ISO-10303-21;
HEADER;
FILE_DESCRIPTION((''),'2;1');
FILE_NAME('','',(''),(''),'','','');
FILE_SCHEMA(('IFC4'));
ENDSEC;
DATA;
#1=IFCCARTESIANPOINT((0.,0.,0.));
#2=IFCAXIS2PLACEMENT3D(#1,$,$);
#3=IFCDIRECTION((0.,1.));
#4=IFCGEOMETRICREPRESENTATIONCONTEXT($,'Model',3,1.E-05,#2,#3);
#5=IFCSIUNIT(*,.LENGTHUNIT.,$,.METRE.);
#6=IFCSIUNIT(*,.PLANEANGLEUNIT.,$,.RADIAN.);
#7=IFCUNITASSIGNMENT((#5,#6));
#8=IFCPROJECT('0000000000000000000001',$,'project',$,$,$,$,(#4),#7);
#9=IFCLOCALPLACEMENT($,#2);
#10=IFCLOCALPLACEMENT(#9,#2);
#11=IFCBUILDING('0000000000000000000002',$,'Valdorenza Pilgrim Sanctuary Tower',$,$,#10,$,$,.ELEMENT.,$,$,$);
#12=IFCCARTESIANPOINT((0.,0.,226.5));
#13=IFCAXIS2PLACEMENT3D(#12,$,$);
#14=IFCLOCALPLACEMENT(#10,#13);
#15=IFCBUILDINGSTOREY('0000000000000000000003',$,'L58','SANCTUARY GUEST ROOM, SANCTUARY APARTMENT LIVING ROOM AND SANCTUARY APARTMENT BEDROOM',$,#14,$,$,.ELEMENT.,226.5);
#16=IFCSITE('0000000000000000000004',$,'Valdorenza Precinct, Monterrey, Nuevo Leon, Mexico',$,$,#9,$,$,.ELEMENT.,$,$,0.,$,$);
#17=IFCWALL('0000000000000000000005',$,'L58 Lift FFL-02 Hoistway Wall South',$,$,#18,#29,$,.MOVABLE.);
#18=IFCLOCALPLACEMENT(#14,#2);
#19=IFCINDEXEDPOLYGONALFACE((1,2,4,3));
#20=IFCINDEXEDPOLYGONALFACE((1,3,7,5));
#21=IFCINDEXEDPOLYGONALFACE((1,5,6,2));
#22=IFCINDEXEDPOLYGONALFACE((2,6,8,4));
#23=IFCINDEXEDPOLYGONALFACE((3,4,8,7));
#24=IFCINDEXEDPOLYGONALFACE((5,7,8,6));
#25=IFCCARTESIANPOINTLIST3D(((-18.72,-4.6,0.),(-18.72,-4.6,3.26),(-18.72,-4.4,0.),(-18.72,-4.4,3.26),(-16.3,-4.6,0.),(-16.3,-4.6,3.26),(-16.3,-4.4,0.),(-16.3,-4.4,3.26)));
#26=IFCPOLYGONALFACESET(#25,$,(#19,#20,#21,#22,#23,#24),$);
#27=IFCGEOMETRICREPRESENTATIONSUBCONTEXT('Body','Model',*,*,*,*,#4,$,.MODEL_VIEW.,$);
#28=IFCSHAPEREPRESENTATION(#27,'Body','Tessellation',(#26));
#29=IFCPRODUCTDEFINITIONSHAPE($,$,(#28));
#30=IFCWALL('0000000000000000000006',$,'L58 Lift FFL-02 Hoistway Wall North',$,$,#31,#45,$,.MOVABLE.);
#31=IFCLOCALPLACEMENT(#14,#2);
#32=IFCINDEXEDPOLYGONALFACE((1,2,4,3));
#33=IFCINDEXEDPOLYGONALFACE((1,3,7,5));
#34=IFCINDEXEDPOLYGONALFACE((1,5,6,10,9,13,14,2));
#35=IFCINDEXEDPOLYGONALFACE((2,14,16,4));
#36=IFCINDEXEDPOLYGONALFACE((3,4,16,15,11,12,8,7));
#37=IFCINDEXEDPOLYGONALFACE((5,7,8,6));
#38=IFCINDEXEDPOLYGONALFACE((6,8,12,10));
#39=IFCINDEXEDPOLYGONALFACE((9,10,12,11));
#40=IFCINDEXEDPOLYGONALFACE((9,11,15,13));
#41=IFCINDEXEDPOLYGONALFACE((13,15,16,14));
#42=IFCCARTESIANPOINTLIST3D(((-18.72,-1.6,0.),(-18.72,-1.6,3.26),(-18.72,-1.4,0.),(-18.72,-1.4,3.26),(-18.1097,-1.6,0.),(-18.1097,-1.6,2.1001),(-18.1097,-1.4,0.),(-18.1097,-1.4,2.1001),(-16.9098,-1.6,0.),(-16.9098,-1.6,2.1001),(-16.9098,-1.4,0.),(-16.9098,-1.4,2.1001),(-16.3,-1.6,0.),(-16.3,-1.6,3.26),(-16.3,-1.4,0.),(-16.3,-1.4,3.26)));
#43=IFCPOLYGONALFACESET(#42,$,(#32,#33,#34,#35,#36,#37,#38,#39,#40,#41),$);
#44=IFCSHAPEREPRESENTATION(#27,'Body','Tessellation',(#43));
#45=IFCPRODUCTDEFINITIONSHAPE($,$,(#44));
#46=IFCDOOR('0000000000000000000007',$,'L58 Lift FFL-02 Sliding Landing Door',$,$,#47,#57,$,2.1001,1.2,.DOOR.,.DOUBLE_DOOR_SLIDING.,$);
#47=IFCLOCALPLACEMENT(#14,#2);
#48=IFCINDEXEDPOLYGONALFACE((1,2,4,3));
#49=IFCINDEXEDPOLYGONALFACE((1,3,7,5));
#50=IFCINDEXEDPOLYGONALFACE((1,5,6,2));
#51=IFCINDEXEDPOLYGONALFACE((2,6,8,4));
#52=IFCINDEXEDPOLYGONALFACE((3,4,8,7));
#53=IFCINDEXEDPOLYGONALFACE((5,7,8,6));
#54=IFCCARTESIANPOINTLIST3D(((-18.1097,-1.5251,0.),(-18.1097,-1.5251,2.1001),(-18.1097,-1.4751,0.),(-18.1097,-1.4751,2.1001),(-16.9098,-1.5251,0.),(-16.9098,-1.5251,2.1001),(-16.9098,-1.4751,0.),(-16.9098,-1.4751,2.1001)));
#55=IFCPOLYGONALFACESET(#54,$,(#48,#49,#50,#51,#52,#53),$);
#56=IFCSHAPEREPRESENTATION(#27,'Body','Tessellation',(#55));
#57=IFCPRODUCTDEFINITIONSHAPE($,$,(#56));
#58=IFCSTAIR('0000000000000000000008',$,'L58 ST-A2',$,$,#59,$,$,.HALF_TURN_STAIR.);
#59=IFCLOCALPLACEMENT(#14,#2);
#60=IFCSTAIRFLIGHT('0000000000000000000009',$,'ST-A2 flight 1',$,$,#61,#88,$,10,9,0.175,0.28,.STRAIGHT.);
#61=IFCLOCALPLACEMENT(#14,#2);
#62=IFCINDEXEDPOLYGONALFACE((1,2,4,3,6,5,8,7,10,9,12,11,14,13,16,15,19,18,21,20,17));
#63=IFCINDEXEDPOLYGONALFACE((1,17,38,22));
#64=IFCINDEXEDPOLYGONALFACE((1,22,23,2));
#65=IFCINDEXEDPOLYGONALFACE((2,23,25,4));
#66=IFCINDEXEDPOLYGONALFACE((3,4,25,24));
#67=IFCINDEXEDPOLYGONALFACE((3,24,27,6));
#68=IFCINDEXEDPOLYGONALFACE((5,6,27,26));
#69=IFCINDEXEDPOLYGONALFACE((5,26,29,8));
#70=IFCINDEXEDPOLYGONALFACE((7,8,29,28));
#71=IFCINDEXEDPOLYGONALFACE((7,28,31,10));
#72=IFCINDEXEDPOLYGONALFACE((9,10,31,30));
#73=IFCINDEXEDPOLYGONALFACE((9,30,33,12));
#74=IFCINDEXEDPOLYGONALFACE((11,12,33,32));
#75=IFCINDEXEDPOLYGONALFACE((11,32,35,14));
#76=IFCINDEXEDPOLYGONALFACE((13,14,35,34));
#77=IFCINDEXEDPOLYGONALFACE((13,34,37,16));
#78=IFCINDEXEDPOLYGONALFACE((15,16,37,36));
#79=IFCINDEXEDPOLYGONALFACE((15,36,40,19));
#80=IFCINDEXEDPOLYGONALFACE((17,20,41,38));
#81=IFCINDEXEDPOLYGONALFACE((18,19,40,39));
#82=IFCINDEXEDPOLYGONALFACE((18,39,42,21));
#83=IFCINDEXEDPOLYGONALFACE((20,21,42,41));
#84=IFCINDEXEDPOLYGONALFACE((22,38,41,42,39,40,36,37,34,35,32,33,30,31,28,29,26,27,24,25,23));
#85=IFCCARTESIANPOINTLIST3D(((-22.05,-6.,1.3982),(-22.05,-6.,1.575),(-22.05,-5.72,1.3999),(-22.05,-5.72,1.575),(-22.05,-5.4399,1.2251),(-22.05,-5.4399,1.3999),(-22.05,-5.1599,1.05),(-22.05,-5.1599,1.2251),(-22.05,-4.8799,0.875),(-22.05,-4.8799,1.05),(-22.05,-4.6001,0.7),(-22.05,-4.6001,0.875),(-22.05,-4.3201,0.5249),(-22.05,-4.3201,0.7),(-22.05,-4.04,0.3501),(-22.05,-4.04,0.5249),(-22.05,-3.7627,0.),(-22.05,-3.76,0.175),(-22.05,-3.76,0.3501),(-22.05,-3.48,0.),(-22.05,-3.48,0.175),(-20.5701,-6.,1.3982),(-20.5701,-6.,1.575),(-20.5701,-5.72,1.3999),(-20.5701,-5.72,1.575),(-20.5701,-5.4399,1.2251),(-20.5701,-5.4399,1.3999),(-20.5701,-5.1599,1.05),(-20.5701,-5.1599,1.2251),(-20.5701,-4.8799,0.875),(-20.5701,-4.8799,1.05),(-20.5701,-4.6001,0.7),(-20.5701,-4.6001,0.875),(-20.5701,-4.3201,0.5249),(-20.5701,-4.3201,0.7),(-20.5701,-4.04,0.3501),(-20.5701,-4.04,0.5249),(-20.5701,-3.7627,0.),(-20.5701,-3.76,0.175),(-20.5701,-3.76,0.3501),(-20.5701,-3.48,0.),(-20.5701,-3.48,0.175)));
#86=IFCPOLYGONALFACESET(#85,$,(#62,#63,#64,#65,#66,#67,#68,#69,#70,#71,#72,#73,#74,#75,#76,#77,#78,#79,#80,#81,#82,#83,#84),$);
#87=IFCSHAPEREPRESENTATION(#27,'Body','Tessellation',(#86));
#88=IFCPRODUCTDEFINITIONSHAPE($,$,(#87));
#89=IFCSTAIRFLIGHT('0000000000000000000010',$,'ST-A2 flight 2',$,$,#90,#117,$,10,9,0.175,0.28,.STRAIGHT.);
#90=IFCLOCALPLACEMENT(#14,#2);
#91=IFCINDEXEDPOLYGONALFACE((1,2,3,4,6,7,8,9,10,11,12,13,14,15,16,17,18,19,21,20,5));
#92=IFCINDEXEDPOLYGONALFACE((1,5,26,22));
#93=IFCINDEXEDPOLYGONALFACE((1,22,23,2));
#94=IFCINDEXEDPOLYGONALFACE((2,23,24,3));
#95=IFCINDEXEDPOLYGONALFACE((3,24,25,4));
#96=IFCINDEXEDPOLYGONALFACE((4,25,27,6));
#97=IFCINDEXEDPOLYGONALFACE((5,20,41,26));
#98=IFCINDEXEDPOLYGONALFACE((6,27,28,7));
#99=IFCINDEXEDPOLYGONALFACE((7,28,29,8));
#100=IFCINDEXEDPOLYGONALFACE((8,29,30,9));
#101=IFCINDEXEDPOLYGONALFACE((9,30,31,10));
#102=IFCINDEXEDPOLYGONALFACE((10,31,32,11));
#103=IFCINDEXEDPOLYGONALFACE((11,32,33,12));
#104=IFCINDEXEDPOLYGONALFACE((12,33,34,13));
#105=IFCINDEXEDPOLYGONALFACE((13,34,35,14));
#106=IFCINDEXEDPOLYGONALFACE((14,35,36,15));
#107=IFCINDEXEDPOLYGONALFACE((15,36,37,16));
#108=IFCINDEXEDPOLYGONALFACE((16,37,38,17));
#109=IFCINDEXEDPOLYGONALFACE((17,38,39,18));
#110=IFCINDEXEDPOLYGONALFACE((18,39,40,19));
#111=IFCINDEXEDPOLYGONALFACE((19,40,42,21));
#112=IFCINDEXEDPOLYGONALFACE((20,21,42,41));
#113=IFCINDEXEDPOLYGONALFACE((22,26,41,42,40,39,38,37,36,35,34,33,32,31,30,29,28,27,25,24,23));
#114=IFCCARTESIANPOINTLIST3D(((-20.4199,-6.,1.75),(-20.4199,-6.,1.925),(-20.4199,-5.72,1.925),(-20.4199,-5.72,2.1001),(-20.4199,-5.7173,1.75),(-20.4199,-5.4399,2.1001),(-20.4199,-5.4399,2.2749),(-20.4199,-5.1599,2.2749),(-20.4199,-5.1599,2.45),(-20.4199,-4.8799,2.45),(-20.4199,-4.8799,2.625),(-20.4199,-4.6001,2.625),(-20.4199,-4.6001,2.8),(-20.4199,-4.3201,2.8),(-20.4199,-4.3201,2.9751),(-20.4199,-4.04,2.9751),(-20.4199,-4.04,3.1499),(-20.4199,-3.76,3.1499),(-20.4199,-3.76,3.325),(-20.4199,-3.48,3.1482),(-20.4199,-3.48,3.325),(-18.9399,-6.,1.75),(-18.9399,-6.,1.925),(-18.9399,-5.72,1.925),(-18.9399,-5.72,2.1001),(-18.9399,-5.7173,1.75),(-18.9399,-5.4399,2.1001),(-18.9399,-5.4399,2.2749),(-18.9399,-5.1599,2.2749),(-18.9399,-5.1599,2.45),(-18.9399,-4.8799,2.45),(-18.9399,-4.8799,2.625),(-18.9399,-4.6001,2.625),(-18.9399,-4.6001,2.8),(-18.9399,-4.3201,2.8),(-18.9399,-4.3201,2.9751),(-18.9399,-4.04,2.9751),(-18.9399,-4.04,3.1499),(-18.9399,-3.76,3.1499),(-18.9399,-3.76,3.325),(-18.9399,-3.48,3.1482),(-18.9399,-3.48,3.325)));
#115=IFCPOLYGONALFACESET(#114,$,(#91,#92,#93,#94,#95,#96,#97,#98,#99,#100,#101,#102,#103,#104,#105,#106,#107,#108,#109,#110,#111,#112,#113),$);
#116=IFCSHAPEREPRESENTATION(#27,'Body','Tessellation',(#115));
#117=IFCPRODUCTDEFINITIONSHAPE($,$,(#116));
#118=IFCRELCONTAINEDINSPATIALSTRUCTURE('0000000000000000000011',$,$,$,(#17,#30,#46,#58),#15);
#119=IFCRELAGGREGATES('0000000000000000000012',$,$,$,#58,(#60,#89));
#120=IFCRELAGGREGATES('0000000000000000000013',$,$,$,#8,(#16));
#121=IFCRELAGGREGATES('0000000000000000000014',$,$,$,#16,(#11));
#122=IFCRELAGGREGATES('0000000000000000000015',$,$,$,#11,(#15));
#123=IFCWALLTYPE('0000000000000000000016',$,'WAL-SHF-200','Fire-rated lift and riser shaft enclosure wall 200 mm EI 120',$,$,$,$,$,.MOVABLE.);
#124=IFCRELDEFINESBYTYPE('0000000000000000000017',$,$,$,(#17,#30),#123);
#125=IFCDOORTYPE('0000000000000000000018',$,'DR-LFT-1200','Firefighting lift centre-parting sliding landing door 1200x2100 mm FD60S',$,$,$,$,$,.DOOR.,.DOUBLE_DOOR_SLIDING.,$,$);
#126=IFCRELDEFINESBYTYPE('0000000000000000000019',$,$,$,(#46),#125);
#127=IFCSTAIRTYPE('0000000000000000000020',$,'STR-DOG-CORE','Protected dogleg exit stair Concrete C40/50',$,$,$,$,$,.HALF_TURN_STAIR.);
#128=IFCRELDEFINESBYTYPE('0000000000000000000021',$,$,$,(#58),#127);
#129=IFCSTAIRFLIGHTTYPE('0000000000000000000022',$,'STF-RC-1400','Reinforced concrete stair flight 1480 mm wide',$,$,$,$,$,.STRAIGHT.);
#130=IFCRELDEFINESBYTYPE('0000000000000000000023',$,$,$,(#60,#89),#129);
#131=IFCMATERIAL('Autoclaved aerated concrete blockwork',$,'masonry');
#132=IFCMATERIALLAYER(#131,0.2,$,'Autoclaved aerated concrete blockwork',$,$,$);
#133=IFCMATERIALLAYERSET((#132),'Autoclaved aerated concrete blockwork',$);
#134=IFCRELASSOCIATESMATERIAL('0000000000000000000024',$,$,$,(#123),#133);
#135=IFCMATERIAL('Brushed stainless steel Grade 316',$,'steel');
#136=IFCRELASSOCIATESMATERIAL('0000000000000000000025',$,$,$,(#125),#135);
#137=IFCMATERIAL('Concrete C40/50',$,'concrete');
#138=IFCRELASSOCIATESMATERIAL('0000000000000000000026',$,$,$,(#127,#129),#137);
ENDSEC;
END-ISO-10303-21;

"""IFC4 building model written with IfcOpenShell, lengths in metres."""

from ifc_helpers import new_model, si_unit, direction, frame, frame_2d, origin, place, context, subcontext, project, spatial, polyline, rectangle, outline, extrude, material, layer, layer_set, type_object, element, fill, aggregate, save


model = new_model("IFC4")

# Units and contexts
model_context = context("Model", 3, precision=1e-05, world=origin(), true_north=direction((0.0, 1.0)))
body_context = subcontext(model_context, "Body", "Model", "MODEL_VIEW")
ifc_project = project(units=[si_unit("LENGTHUNIT", "METRE"), si_unit("PLANEANGLEUNIT", "RADIAN")], contexts=[model_context])

# Site, building, storey
site_placement = place(None, origin())
site = spatial("IfcSite", under=ifc_project, at=site_placement, Name="Valdorenza Precinct, Monterrey, Nuevo Leon, Mexico", CompositionType="ELEMENT", RefElevation=0.0)
building_placement = place(site_placement, origin())
building = spatial("IfcBuilding", under=site, at=building_placement, Name="Valdorenza Pilgrim Sanctuary Tower", CompositionType="ELEMENT")
storey_placement = place(building_placement, frame((0.0, 0.0, 226.5)))
storey = spatial("IfcBuildingStorey", under=building, at=storey_placement, Name="L58", Description="SANCTUARY GUEST ROOM, SANCTUARY APARTMENT LIVING ROOM AND SANCTUARY APARTMENT BEDROOM", CompositionType="ELEMENT", Elevation=226.5)

# Wall
ifc_material_1 = material(Name="Autoclaved aerated concrete blockwork", Category="masonry")
ifc_layer_1 = layer(ifc_material_1, 0.2, Name="Autoclaved aerated concrete blockwork")
ifc_layer_set_1 = layer_set([ifc_layer_1], Name="Autoclaved aerated concrete blockwork")
wall_type_1 = type_object("IfcWallType", Name="WAL-SHF-200", Description="Fire-rated lift and riser shaft enclosure wall 200 mm EI 120", PredefinedType="MOVABLE", material=ifc_layer_set_1)
wall_1_placement = place(storey_placement, frame((-18.72, -4.5, 0.0), z_axis=(0.0, 0.0, 1.0), x_axis=(1.0, 0.0, 0.0)))
element("IfcWall", 1, at=wall_1_placement, inside=storey, type_object=wall_type_1, Name="L58 Lift FFL-02 Hoistway Wall South", PredefinedType="MOVABLE", context=body_context, shape_type="SweptSolid", body=[
    extrude(rectangle(XDim=2.4199, YDim=0.2, at=frame_2d((1.21, 0.0))), origin(), (0.0, 0.0, 1.0), 3.26),
])

# Wall, opening, door
wall_2_placement = place(storey_placement, frame((-18.72, -1.5, 0.0), z_axis=(0.0, 0.0, 1.0), x_axis=(1.0, 0.0, 0.0)))
wall_2 = element("IfcWall", 2, at=wall_2_placement, inside=storey, type_object=wall_type_1, Name="L58 Lift FFL-02 Hoistway Wall North", PredefinedType="MOVABLE", context=body_context, shape_type="SweptSolid", body=[
    extrude(rectangle(XDim=2.4199, YDim=0.2, at=frame_2d((1.21, 0.0))), origin(), (0.0, 0.0, 1.0), 3.26),
])
opening_1_placement = place(wall_2_placement, frame((0.6101, 0.0, 0.0)))
opening_1 = element("IfcOpeningElement", 3, at=opening_1_placement, cuts=wall_2, PredefinedType="OPENING", context=body_context, shape_type="SweptSolid", body=[
    extrude(rectangle(XDim=1.2, YDim=2.1001, at=frame_2d((0.6001, 1.05))), frame((0.0, 0.1147, 0.0), z_axis=(0.0, -1.0, 0.0), x_axis=(1.0, 0.0, 0.0)), (0.0, 0.0, 1.0), 0.2297),
])
ifc_material_2 = material(Name="Brushed stainless steel Grade 316", Category="steel")
door_type_1 = type_object("IfcDoorType", Name="DR-LFT-1200", Description="Firefighting lift centre-parting sliding landing door 1200x2100 mm FD60S", OperationType="DOUBLE_DOOR_SLIDING", PredefinedType="DOOR", material=ifc_material_2)
door_1_placement = place(opening_1_placement, origin())
door_1 = element("IfcDoor", 4, at=door_1_placement, inside=storey, type_object=door_type_1, Name="L58 Lift FFL-02 Sliding Landing Door", OperationType="DOUBLE_DOOR_SLIDING", OverallHeight=2.1001, OverallWidth=1.2, PredefinedType="DOOR", context=body_context, shape_type="SweptSolid", body=[
    extrude(rectangle(XDim=1.2, YDim=2.1001, at=frame_2d((0.6001, 1.05))), frame((0.0, 0.0249, 0.0), z_axis=(0.0, -1.0, 0.0), x_axis=(1.0, 0.0, 0.0)), (0.0, 0.0, 1.0), 0.05),
])
fill(opening_1, door_1)
ifc_material_3 = material(Name="Concrete C40/50", Category="concrete")

# Stair, stair flights
stair_type = type_object("IfcStairType", Name="STR-DOG-CORE", Description="Protected dogleg exit stair Concrete C40/50", PredefinedType="HALF_TURN_STAIR", material=ifc_material_3)
stair_placement = place(storey_placement, origin())
stair = element("IfcStair", 5, at=stair_placement, inside=storey, type_object=stair_type, Name="L58 ST-A2", PredefinedType="HALF_TURN_STAIR")
stair_flight_type = type_object("IfcStairFlightType", Name="STF-RC-1400", Description="Reinforced concrete stair flight 1480 mm wide", PredefinedType="STRAIGHT", material=ifc_material_3)
stair_flight_1_placement = place(storey_placement, frame((-21.3101, -3.48, 0.0), z_axis=(0.0, 0.0, 1.0), x_axis=(0.0, -1.0, 0.0)))
stair_flight_1 = element("IfcStairFlight", 6, at=stair_flight_1_placement, type_object=stair_flight_type, Name="ST-A2 flight 1", NumberOfRisers=10, NumberOfTreads=9, PredefinedType="STRAIGHT", RiserHeight=0.175, TreadLength=0.28, context=body_context, shape_type="SweptSolid", body=[
    extrude(outline(polyline([(0.0, 0.0), (0.0, 0.175), (0.28, 0.175), (0.28, 0.3501), (0.5601, 0.3501), (0.5601, 0.5249), (0.8401, 0.5249), (0.8401, 0.7), (1.1201, 0.7), (1.1201, 0.875), (1.3999, 0.875), (1.3999, 1.05), (1.6799, 1.05), (1.6799, 1.2251), (1.96, 1.2251), (1.96, 1.3999), (2.24, 1.3999), (2.24, 1.575), (2.52, 1.575), (2.52, 1.75), (2.52, 1.3982), (0.2827, 0.0), (0.0, 0.0)])), frame((0.0, 0.74, 0.0), z_axis=(0.0, -1.0, 0.0), x_axis=(1.0, 0.0, 0.0)), (0.0, 0.0, 1.0), 1.48),
])
stair_flight_2_placement = place(storey_placement, frame((-19.6799, -6.0, 1.75), z_axis=(0.0, 0.0, 1.0), x_axis=(0.0, 1.0, 0.0)))
stair_flight_2 = element("IfcStairFlight", 7, at=stair_flight_2_placement, type_object=stair_flight_type, Name="ST-A2 flight 2", NumberOfRisers=10, NumberOfTreads=9, PredefinedType="STRAIGHT", RiserHeight=0.175, TreadLength=0.28, context=body_context, shape_type="SweptSolid", body=[
    extrude(outline(polyline([(0.0, 0.0), (0.0, 0.175), (0.28, 0.175), (0.28, 0.3501), (0.5601, 0.3501), (0.5601, 0.5249), (0.8401, 0.5249), (0.8401, 0.7), (1.1201, 0.7), (1.1201, 0.875), (1.3999, 0.875), (1.3999, 1.05), (1.6799, 1.05), (1.6799, 1.2251), (1.96, 1.2251), (1.96, 1.3999), (2.24, 1.3999), (2.24, 1.575), (2.52, 1.575), (2.52, 1.75), (2.52, 1.3982), (0.2827, 0.0), (0.0, 0.0)])), frame((0.0, 0.74, 0.0), z_axis=(0.0, -1.0, 0.0), x_axis=(1.0, 0.0, 0.0)), (0.0, 0.0, 1.0), 1.48),
])
aggregate(stair, [stair_flight_1, stair_flight_2])

save(model, "model.ifc")
